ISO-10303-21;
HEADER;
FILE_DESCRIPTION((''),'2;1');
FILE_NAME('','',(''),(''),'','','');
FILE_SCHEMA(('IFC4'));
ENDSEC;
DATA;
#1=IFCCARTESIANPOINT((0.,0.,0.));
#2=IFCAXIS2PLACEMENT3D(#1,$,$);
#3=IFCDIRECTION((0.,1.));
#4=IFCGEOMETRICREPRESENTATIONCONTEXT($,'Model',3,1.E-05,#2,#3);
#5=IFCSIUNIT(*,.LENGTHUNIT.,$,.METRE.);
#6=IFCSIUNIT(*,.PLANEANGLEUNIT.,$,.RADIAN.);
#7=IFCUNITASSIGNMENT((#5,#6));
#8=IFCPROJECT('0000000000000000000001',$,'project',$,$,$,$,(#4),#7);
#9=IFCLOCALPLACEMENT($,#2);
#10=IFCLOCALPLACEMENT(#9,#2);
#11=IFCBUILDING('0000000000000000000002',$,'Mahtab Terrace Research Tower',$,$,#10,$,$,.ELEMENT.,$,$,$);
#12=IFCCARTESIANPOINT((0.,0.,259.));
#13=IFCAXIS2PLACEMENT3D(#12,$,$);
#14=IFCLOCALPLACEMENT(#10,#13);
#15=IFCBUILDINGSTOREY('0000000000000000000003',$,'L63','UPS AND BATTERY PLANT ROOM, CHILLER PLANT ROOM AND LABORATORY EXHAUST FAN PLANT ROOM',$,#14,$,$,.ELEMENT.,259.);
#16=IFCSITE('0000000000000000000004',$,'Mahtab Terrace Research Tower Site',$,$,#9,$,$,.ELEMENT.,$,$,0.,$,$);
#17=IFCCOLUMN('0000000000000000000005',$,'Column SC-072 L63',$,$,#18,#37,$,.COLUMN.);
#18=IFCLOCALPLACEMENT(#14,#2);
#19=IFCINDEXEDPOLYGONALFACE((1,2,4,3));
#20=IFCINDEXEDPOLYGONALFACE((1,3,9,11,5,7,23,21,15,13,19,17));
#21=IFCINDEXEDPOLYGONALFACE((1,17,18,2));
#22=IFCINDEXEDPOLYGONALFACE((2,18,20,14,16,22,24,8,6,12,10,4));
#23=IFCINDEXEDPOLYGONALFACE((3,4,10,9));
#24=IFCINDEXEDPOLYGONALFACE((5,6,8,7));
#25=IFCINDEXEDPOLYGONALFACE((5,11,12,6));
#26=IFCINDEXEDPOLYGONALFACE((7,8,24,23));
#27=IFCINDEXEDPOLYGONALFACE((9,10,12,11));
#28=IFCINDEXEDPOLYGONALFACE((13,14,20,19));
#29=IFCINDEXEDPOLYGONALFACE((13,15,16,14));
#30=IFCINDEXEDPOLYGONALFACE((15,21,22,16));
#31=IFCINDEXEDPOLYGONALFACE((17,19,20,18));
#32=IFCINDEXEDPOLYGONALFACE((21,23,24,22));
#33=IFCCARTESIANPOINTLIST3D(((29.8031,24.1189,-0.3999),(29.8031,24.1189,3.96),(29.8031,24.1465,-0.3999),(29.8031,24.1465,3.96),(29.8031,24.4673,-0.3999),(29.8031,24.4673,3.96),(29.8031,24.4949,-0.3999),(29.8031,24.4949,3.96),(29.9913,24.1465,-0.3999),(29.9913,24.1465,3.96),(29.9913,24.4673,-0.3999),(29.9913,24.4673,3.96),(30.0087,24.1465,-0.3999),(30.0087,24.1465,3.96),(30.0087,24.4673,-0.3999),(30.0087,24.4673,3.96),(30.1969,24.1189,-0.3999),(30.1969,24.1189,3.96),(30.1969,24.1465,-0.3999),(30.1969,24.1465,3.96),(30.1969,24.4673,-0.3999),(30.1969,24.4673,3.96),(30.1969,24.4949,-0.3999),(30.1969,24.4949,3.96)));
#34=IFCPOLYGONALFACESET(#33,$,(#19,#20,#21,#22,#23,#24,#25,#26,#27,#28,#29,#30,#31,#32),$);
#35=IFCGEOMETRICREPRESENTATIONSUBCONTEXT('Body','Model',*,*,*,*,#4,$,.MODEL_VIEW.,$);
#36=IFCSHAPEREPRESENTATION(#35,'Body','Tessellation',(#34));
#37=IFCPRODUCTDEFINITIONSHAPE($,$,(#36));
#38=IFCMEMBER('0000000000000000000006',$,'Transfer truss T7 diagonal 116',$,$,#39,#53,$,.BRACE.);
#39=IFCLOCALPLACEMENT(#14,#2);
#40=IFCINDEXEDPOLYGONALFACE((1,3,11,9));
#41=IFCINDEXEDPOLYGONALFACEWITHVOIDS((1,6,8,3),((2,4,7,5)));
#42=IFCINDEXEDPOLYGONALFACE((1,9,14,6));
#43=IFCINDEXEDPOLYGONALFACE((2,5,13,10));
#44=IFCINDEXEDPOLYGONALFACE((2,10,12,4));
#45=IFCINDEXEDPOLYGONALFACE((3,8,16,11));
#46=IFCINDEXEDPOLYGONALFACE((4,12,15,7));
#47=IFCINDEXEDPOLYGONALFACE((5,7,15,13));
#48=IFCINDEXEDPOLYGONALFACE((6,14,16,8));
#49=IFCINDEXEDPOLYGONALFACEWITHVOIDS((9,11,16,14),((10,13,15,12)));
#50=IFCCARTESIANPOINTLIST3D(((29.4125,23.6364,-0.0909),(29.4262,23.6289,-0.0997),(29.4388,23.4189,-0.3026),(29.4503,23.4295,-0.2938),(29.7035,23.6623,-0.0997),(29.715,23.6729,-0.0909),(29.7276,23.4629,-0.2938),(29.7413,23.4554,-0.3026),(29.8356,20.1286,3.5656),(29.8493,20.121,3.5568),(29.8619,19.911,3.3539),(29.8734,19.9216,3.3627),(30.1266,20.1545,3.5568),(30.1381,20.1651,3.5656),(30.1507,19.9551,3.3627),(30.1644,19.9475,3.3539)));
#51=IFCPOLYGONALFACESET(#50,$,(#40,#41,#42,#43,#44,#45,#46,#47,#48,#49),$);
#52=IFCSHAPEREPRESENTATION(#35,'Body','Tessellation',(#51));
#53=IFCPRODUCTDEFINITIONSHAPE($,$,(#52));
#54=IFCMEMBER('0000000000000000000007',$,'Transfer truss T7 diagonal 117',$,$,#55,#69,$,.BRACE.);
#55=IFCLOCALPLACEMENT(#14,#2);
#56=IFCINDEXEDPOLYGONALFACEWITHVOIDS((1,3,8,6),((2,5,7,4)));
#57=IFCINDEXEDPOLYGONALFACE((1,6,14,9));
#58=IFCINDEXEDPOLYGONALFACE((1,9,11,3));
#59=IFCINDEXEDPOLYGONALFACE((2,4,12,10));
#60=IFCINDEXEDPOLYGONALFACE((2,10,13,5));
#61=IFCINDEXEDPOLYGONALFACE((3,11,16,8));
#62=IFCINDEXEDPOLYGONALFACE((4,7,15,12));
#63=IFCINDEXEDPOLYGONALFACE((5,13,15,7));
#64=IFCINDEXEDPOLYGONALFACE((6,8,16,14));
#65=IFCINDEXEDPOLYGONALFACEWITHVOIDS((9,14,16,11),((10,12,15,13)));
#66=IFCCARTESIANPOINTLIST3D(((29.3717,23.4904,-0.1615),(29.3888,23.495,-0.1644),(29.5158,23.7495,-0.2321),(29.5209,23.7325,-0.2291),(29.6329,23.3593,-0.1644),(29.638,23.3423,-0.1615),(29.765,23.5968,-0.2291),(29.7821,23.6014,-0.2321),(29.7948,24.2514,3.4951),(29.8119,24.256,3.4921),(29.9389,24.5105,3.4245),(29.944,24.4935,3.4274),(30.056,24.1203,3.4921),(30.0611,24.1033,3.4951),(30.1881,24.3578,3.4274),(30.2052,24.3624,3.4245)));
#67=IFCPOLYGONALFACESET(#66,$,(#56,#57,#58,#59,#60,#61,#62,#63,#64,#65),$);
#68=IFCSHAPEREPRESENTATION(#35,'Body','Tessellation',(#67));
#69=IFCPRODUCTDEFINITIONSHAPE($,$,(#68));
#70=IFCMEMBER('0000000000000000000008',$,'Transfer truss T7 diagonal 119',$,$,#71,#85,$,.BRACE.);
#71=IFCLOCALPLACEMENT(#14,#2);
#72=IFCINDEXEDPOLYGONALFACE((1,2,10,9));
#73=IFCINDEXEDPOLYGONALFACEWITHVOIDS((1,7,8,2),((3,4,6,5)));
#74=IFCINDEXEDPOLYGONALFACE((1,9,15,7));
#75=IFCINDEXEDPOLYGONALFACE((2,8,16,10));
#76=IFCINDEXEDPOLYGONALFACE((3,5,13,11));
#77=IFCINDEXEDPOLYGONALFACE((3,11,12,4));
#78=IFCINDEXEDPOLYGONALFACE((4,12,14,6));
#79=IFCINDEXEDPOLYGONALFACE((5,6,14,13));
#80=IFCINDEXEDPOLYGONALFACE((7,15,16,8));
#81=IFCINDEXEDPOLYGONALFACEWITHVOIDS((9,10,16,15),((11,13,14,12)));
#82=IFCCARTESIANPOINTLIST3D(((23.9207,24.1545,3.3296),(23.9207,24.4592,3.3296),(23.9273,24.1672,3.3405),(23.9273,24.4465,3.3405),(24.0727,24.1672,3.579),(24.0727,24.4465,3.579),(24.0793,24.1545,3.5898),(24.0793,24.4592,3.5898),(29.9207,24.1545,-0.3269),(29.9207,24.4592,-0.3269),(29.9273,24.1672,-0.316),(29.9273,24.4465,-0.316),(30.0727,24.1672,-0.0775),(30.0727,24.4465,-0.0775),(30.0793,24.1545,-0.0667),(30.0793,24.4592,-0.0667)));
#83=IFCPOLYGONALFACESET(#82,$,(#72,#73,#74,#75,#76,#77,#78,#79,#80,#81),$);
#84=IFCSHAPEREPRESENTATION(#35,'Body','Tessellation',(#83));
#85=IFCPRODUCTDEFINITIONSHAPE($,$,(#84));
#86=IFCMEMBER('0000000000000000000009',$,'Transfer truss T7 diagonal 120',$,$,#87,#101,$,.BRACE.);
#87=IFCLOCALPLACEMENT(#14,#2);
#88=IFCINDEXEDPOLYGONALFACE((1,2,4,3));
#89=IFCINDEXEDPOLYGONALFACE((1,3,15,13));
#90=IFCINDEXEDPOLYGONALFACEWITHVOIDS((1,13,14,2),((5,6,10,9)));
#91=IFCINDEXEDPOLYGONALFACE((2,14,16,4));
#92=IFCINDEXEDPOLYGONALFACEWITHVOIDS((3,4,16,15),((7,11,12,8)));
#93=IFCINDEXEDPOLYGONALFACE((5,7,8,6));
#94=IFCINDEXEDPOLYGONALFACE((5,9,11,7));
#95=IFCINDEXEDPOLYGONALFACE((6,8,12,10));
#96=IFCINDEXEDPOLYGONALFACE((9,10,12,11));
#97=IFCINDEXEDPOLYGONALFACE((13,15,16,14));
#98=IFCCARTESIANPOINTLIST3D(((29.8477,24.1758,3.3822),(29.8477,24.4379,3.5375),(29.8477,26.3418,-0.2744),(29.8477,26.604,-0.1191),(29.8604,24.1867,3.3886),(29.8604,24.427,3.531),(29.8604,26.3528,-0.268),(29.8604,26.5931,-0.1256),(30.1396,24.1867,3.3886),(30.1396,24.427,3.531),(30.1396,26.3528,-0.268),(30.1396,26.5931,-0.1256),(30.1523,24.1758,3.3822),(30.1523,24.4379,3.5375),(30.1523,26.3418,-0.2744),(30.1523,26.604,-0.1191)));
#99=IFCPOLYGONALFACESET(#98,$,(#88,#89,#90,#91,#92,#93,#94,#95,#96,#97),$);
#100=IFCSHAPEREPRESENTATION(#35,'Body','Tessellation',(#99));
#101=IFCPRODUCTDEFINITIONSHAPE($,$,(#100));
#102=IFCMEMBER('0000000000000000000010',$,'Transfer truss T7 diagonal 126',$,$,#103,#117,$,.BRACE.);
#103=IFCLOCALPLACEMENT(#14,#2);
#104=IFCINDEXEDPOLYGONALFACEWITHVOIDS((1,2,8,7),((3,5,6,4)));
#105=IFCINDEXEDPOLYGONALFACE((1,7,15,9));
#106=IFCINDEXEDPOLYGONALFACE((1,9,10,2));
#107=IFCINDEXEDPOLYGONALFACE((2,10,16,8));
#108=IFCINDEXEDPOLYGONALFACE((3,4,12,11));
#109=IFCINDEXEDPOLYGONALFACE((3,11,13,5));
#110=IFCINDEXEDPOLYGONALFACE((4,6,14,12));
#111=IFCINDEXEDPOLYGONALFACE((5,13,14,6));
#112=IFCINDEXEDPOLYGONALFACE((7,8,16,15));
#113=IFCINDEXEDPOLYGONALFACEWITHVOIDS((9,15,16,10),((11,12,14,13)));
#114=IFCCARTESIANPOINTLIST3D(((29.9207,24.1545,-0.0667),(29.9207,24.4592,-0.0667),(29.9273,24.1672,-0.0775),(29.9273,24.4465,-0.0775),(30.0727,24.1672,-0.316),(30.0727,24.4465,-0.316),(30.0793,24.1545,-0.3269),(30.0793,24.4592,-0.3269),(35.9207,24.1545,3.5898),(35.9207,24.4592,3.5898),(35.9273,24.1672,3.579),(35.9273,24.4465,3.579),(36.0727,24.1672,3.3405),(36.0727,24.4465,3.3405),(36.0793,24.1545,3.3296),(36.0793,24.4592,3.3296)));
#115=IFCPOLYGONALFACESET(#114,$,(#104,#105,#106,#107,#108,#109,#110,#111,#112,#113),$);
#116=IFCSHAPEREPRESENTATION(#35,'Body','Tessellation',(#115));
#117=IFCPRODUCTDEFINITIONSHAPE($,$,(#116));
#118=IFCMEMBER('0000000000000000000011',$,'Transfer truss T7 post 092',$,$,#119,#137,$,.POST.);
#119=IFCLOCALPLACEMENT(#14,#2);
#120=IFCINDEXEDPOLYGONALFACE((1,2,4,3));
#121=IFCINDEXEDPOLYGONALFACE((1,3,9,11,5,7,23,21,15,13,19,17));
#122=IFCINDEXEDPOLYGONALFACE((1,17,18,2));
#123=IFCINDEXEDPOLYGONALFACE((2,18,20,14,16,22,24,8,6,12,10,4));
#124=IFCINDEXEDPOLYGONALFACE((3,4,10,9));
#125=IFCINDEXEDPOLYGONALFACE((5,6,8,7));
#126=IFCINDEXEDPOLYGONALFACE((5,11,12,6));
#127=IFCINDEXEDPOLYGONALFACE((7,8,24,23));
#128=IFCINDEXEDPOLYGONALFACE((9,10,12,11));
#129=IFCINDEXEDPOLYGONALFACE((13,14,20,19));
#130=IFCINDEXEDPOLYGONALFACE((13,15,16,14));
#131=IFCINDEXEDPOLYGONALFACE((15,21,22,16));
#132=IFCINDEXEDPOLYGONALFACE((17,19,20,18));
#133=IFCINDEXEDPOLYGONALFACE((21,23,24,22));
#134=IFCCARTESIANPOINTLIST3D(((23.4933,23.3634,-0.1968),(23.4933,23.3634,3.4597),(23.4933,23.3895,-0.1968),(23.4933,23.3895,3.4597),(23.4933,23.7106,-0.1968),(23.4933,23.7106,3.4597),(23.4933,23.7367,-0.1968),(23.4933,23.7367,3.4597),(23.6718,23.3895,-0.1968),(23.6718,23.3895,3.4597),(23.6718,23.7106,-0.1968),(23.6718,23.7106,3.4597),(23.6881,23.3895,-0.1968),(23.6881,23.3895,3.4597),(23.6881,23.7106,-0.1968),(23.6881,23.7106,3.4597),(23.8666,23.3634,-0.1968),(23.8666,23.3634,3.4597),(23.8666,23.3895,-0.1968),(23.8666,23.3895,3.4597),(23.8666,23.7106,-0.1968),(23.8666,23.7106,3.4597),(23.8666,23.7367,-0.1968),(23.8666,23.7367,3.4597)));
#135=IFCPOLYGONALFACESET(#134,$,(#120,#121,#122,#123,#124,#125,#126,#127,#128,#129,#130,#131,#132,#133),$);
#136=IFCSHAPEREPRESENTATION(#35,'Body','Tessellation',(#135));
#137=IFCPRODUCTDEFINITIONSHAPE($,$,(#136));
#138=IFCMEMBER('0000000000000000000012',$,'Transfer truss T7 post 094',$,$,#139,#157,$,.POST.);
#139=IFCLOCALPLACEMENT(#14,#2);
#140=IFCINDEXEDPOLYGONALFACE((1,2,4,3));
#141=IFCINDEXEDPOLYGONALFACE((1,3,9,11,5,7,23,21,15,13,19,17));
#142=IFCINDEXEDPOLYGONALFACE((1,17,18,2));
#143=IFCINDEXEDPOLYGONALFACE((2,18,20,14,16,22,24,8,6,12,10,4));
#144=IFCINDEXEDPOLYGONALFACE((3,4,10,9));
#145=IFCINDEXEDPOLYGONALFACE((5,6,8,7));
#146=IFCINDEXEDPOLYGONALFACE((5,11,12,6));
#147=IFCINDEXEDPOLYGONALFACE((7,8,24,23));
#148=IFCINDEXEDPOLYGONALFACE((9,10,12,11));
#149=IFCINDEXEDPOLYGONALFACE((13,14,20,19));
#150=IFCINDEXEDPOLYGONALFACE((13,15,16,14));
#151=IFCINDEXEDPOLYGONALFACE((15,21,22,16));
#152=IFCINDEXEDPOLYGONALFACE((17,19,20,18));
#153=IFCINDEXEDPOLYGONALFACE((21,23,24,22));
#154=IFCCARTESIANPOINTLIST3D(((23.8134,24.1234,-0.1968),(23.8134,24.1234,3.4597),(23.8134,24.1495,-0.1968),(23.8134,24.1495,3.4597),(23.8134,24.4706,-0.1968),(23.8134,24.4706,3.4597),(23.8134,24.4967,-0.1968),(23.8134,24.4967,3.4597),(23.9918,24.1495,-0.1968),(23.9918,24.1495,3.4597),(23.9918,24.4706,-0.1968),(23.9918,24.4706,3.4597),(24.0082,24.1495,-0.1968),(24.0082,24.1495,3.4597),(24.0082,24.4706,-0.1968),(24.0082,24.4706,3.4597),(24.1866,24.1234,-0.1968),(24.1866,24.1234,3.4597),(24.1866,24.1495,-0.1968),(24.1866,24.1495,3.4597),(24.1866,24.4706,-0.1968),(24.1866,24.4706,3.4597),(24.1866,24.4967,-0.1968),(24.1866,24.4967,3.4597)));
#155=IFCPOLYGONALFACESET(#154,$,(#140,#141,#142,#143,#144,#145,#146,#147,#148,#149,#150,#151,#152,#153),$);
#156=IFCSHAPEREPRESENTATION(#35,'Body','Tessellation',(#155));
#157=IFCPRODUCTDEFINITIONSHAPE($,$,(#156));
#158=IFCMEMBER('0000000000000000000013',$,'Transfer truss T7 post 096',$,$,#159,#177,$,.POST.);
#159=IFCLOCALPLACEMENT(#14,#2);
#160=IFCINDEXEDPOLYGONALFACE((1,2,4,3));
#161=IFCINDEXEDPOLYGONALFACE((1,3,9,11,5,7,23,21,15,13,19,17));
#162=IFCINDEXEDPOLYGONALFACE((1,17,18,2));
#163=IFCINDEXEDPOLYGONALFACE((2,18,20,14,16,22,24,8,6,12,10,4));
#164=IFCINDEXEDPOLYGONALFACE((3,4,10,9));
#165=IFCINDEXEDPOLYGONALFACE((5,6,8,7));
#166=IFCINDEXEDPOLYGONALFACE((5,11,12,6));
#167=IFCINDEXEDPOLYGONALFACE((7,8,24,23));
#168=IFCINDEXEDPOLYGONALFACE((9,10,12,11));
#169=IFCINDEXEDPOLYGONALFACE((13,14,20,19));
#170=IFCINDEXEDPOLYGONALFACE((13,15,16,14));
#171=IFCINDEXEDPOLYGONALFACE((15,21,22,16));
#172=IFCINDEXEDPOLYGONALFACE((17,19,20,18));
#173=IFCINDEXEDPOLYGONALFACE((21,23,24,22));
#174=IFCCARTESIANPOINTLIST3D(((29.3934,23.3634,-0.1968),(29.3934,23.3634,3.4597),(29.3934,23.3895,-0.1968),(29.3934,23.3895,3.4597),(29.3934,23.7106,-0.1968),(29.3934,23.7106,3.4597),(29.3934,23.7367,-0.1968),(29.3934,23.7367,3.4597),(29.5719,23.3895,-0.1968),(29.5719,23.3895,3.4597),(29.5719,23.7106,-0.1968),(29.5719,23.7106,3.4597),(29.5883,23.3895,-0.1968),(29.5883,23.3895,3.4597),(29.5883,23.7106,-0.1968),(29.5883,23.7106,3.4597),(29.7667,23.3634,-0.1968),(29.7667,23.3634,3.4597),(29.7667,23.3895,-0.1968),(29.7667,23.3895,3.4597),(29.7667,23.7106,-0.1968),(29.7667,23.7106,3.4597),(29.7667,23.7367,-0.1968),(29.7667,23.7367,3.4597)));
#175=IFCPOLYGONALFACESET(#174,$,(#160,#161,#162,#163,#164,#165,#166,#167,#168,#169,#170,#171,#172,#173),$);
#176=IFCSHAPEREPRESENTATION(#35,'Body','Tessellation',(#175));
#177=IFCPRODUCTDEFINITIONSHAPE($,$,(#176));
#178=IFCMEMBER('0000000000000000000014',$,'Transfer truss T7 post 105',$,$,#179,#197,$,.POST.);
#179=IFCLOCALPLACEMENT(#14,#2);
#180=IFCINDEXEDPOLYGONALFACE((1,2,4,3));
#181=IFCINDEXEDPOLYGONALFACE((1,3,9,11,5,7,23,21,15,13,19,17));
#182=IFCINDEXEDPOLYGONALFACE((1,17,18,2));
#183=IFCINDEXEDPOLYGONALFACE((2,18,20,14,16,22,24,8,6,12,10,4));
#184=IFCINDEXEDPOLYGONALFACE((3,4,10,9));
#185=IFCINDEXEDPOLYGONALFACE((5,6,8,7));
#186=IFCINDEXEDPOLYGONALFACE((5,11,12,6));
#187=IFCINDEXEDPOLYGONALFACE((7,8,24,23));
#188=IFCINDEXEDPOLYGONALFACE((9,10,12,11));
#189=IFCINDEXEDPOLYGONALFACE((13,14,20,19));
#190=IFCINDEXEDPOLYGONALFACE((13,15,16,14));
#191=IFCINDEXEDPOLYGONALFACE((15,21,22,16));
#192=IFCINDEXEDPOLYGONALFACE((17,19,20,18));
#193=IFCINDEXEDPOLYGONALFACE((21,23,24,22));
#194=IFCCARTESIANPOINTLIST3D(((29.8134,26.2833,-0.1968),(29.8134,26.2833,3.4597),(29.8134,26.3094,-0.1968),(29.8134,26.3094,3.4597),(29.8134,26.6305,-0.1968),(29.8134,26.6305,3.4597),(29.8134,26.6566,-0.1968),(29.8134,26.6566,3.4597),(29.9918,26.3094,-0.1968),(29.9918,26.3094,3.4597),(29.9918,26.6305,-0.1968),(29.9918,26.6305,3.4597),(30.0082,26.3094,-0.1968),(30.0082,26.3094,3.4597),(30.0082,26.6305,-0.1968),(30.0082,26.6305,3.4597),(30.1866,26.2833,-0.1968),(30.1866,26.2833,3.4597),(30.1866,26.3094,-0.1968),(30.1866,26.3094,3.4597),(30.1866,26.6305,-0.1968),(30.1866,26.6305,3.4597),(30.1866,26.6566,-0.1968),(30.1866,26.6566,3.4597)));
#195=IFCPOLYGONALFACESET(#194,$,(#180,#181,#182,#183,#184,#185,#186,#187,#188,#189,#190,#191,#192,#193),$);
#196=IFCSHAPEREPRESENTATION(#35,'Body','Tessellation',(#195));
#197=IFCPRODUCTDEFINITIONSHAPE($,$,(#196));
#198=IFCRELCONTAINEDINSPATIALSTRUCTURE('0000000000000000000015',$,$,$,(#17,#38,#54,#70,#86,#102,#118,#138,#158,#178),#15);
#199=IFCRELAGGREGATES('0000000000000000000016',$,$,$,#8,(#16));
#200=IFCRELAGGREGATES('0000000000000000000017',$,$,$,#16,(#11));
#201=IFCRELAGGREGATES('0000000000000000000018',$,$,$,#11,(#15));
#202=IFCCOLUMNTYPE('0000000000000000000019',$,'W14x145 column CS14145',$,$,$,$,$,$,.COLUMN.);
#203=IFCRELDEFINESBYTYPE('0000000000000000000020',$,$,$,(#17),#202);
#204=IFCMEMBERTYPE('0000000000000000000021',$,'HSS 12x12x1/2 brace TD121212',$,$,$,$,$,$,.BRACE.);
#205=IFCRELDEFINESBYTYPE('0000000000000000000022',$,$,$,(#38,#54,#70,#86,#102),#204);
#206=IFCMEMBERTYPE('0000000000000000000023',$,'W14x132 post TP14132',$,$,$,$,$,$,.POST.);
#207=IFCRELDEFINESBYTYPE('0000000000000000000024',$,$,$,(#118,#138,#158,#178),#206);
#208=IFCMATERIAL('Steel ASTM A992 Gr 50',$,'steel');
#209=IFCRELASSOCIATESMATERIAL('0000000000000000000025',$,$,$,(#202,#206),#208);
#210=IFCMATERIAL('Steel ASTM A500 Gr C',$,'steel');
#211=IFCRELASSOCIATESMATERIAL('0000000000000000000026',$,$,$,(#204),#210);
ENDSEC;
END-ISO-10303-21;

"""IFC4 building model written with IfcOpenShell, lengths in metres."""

from ifc_helpers import new_model, si_unit, direction, frame, origin, origin_2d, place, context, subcontext, project, spatial, hollow_rectangle, i_section, extrude, material, material_profile, profile_set, type_object, element, save


model = new_model("IFC4")

# Units and contexts
model_context = context("Model", 3, precision=1e-05, world=origin(), true_north=direction((0.0, 1.0)))
body_context = subcontext(model_context, "Body", "Model", "MODEL_VIEW")
ifc_project = project(units=[si_unit("LENGTHUNIT", "METRE"), si_unit("PLANEANGLEUNIT", "RADIAN")], contexts=[model_context])

# Site, building, storey
site_placement = place(None, origin())
site = spatial("IfcSite", under=ifc_project, at=site_placement, Name="Mahtab Terrace Research Tower Site", CompositionType="ELEMENT", RefElevation=0.0)
building_placement = place(site_placement, origin())
building = spatial("IfcBuilding", under=site, at=building_placement, Name="Mahtab Terrace Research Tower", CompositionType="ELEMENT")
storey_placement = place(building_placement, frame((0.0, 0.0, 259.0)))
storey = spatial("IfcBuildingStorey", under=building, at=storey_placement, Name="L63", Description="UPS AND BATTERY PLANT ROOM, CHILLER PLANT ROOM AND LABORATORY EXHAUST FAN PLANT ROOM", CompositionType="ELEMENT", Elevation=259.0)

# Column
ifc_material_1 = material(Name="Steel ASTM A992 Gr 50", Category="steel")
ifc_material_profile_1 = material_profile(ifc_material_1, i_section(OverallWidth=0.3938, OverallDepth=0.376, WebThickness=0.0173, FlangeThickness=0.0276, at=origin_2d()), Name="W14X145")
ifc_profile_set_1 = profile_set([ifc_material_profile_1], Name="Steel ASTM A992 Gr 50")
column_type = type_object("IfcColumnType", Name="W14x145 column CS14145", PredefinedType="COLUMN", material=ifc_profile_set_1)
column_placement = place(storey_placement, frame((30.0, 24.3069, -0.3999), z_axis=(0.0, 0.0, 1.0), x_axis=(1.0, 0.0, 0.0)))
element("IfcColumn", 1, at=column_placement, inside=storey, type_object=column_type, Name="Column SC-072 L63", PredefinedType="COLUMN", context=body_context, shape_type="SweptSolid", body=[
    extrude(i_section(OverallWidth=0.3938, OverallDepth=0.376, WebThickness=0.0173, FlangeThickness=0.0276, at=origin_2d()), origin(), (0.0, 0.0, 1.0), 4.3599),
])

# Members
ifc_material_2 = material(Name="Steel ASTM A500 Gr C", Category="steel")
ifc_material_profile_2 = material_profile(ifc_material_2, hollow_rectangle(XDim=0.3047, YDim=0.3047, WallThickness=0.0127, at=origin_2d()), Name="HSS12X12X1/2")
ifc_profile_set_2 = profile_set([ifc_material_profile_2], Name="Steel ASTM A500 Gr C")
member_type_1 = type_object("IfcMemberType", Name="HSS 12x12x1/2 brace TD121212", PredefinedType="BRACE", material=ifc_profile_set_2)
member_1_placement = place(storey_placement, frame((29.5769, 23.5459, -0.1968), z_axis=(0.08321, -0.689882, 0.719123), x_axis=(0.992804, 0.119747, 0.0)))
element("IfcMember", 2, at=member_1_placement, inside=storey, type_object=member_type_1, Name="Transfer truss T7 diagonal 116", PredefinedType="BRACE", context=body_context, shape_type="SweptSolid", body=[
    extrude(hollow_rectangle(XDim=0.3047, YDim=0.3047, WallThickness=0.0127, at=origin_2d()), origin(), (0.0, 0.0, 1.0), 5.0847),
])
member_2_placement = place(storey_placement, frame((29.5769, 23.5459, -0.1968), z_axis=(0.112563, 0.202458, 0.9728), x_axis=(-0.873999, 0.485929, 0.0)))
element("IfcMember", 3, at=member_2_placement, inside=storey, type_object=member_type_1, Name="Transfer truss T7 diagonal 117", PredefinedType="BRACE", context=body_context, shape_type="SweptSolid", body=[
    extrude(hollow_rectangle(XDim=0.3047, YDim=0.3047, WallThickness=0.0127, at=origin_2d()), origin(), (0.0, 0.0, 1.0), 3.7588),
])
member_3_placement = place(storey_placement, frame((30.0, 24.3069, -0.1968), z_axis=(-0.853925, 0.0, 0.520396), x_axis=(0.0, -1.0, 0.0)))
element("IfcMember", 4, at=member_3_placement, inside=storey, type_object=member_type_1, Name="Transfer truss T7 diagonal 119", PredefinedType="BRACE", context=body_context, shape_type="SweptSolid", body=[
    extrude(hollow_rectangle(XDim=0.3047, YDim=0.3047, WallThickness=0.0127, at=origin_2d()), origin(), (0.0, 0.0, 1.0), 7.0264),
])
member_4_placement = place(storey_placement, frame((30.0, 26.4729, -0.1968), z_axis=(0.0, -0.509664, 0.860374), x_axis=(1.0, 0.0, 0.0)))
element("IfcMember", 5, at=member_4_placement, inside=storey, type_object=member_type_1, Name="Transfer truss T7 diagonal 120", PredefinedType="BRACE", context=body_context, shape_type="SweptSolid", body=[
    extrude(hollow_rectangle(XDim=0.3047, YDim=0.3047, WallThickness=0.0127, at=origin_2d()), origin(), (0.0, 0.0, 1.0), 4.25),
])
member_5_placement = place(storey_placement, frame((30.0, 24.3069, -0.1968), z_axis=(0.853925, 0.0, 0.520396), x_axis=(0.0, 1.0, 0.0)))
element("IfcMember", 6, at=member_5_placement, inside=storey, type_object=member_type_1, Name="Transfer truss T7 diagonal 126", PredefinedType="BRACE", context=body_context, shape_type="SweptSolid", body=[
    extrude(hollow_rectangle(XDim=0.3047, YDim=0.3047, WallThickness=0.0127, at=origin_2d()), origin(), (0.0, 0.0, 1.0), 7.0264),
])
ifc_material_profile_3 = material_profile(ifc_material_1, i_section(OverallWidth=0.3733, OverallDepth=0.3733, WebThickness=0.0164, FlangeThickness=0.0261, at=origin_2d()), Name="W14X132")
ifc_profile_set_3 = profile_set([ifc_material_profile_3], Name="Steel ASTM A992 Gr 50")
member_type_2 = type_object("IfcMemberType", Name="W14x132 post TP14132", PredefinedType="POST", material=ifc_profile_set_3)
for number, where, z_axis, x_axis, name in (
    (7, (23.6799, 23.55, -0.1968), (0.0, 0.0, 1.0), (1.0, 0.0, 0.0), "Transfer truss T7 post 092"),
    (8, (24.0, 24.3101, -0.1968), (0.0, 0.0, 1.0), (1.0, 0.0, 0.0), "Transfer truss T7 post 094"),
    (9, (29.5801, 23.55, -0.1968), (0.0, 0.0, 1.0), (1.0, 0.0, 0.0), "Transfer truss T7 post 096"),
    (10, (30.0, 26.47, -0.1968), (0.0, 0.0, 1.0), (1.0, 0.0, 0.0), "Transfer truss T7 post 105"),
):
    element("IfcMember", number, at=place(storey_placement, frame(where, z_axis=z_axis, x_axis=x_axis)), inside=storey, type_object=member_type_2, Name=name, PredefinedType="POST", context=body_context, shape_type="SweptSolid", body=[
        extrude(i_section(OverallWidth=0.3733, OverallDepth=0.3733, WebThickness=0.0164, FlangeThickness=0.0261, at=origin_2d()), origin(), (0.0, 0.0, 1.0), 3.6565),
    ])

save(model, "model.ifc")
